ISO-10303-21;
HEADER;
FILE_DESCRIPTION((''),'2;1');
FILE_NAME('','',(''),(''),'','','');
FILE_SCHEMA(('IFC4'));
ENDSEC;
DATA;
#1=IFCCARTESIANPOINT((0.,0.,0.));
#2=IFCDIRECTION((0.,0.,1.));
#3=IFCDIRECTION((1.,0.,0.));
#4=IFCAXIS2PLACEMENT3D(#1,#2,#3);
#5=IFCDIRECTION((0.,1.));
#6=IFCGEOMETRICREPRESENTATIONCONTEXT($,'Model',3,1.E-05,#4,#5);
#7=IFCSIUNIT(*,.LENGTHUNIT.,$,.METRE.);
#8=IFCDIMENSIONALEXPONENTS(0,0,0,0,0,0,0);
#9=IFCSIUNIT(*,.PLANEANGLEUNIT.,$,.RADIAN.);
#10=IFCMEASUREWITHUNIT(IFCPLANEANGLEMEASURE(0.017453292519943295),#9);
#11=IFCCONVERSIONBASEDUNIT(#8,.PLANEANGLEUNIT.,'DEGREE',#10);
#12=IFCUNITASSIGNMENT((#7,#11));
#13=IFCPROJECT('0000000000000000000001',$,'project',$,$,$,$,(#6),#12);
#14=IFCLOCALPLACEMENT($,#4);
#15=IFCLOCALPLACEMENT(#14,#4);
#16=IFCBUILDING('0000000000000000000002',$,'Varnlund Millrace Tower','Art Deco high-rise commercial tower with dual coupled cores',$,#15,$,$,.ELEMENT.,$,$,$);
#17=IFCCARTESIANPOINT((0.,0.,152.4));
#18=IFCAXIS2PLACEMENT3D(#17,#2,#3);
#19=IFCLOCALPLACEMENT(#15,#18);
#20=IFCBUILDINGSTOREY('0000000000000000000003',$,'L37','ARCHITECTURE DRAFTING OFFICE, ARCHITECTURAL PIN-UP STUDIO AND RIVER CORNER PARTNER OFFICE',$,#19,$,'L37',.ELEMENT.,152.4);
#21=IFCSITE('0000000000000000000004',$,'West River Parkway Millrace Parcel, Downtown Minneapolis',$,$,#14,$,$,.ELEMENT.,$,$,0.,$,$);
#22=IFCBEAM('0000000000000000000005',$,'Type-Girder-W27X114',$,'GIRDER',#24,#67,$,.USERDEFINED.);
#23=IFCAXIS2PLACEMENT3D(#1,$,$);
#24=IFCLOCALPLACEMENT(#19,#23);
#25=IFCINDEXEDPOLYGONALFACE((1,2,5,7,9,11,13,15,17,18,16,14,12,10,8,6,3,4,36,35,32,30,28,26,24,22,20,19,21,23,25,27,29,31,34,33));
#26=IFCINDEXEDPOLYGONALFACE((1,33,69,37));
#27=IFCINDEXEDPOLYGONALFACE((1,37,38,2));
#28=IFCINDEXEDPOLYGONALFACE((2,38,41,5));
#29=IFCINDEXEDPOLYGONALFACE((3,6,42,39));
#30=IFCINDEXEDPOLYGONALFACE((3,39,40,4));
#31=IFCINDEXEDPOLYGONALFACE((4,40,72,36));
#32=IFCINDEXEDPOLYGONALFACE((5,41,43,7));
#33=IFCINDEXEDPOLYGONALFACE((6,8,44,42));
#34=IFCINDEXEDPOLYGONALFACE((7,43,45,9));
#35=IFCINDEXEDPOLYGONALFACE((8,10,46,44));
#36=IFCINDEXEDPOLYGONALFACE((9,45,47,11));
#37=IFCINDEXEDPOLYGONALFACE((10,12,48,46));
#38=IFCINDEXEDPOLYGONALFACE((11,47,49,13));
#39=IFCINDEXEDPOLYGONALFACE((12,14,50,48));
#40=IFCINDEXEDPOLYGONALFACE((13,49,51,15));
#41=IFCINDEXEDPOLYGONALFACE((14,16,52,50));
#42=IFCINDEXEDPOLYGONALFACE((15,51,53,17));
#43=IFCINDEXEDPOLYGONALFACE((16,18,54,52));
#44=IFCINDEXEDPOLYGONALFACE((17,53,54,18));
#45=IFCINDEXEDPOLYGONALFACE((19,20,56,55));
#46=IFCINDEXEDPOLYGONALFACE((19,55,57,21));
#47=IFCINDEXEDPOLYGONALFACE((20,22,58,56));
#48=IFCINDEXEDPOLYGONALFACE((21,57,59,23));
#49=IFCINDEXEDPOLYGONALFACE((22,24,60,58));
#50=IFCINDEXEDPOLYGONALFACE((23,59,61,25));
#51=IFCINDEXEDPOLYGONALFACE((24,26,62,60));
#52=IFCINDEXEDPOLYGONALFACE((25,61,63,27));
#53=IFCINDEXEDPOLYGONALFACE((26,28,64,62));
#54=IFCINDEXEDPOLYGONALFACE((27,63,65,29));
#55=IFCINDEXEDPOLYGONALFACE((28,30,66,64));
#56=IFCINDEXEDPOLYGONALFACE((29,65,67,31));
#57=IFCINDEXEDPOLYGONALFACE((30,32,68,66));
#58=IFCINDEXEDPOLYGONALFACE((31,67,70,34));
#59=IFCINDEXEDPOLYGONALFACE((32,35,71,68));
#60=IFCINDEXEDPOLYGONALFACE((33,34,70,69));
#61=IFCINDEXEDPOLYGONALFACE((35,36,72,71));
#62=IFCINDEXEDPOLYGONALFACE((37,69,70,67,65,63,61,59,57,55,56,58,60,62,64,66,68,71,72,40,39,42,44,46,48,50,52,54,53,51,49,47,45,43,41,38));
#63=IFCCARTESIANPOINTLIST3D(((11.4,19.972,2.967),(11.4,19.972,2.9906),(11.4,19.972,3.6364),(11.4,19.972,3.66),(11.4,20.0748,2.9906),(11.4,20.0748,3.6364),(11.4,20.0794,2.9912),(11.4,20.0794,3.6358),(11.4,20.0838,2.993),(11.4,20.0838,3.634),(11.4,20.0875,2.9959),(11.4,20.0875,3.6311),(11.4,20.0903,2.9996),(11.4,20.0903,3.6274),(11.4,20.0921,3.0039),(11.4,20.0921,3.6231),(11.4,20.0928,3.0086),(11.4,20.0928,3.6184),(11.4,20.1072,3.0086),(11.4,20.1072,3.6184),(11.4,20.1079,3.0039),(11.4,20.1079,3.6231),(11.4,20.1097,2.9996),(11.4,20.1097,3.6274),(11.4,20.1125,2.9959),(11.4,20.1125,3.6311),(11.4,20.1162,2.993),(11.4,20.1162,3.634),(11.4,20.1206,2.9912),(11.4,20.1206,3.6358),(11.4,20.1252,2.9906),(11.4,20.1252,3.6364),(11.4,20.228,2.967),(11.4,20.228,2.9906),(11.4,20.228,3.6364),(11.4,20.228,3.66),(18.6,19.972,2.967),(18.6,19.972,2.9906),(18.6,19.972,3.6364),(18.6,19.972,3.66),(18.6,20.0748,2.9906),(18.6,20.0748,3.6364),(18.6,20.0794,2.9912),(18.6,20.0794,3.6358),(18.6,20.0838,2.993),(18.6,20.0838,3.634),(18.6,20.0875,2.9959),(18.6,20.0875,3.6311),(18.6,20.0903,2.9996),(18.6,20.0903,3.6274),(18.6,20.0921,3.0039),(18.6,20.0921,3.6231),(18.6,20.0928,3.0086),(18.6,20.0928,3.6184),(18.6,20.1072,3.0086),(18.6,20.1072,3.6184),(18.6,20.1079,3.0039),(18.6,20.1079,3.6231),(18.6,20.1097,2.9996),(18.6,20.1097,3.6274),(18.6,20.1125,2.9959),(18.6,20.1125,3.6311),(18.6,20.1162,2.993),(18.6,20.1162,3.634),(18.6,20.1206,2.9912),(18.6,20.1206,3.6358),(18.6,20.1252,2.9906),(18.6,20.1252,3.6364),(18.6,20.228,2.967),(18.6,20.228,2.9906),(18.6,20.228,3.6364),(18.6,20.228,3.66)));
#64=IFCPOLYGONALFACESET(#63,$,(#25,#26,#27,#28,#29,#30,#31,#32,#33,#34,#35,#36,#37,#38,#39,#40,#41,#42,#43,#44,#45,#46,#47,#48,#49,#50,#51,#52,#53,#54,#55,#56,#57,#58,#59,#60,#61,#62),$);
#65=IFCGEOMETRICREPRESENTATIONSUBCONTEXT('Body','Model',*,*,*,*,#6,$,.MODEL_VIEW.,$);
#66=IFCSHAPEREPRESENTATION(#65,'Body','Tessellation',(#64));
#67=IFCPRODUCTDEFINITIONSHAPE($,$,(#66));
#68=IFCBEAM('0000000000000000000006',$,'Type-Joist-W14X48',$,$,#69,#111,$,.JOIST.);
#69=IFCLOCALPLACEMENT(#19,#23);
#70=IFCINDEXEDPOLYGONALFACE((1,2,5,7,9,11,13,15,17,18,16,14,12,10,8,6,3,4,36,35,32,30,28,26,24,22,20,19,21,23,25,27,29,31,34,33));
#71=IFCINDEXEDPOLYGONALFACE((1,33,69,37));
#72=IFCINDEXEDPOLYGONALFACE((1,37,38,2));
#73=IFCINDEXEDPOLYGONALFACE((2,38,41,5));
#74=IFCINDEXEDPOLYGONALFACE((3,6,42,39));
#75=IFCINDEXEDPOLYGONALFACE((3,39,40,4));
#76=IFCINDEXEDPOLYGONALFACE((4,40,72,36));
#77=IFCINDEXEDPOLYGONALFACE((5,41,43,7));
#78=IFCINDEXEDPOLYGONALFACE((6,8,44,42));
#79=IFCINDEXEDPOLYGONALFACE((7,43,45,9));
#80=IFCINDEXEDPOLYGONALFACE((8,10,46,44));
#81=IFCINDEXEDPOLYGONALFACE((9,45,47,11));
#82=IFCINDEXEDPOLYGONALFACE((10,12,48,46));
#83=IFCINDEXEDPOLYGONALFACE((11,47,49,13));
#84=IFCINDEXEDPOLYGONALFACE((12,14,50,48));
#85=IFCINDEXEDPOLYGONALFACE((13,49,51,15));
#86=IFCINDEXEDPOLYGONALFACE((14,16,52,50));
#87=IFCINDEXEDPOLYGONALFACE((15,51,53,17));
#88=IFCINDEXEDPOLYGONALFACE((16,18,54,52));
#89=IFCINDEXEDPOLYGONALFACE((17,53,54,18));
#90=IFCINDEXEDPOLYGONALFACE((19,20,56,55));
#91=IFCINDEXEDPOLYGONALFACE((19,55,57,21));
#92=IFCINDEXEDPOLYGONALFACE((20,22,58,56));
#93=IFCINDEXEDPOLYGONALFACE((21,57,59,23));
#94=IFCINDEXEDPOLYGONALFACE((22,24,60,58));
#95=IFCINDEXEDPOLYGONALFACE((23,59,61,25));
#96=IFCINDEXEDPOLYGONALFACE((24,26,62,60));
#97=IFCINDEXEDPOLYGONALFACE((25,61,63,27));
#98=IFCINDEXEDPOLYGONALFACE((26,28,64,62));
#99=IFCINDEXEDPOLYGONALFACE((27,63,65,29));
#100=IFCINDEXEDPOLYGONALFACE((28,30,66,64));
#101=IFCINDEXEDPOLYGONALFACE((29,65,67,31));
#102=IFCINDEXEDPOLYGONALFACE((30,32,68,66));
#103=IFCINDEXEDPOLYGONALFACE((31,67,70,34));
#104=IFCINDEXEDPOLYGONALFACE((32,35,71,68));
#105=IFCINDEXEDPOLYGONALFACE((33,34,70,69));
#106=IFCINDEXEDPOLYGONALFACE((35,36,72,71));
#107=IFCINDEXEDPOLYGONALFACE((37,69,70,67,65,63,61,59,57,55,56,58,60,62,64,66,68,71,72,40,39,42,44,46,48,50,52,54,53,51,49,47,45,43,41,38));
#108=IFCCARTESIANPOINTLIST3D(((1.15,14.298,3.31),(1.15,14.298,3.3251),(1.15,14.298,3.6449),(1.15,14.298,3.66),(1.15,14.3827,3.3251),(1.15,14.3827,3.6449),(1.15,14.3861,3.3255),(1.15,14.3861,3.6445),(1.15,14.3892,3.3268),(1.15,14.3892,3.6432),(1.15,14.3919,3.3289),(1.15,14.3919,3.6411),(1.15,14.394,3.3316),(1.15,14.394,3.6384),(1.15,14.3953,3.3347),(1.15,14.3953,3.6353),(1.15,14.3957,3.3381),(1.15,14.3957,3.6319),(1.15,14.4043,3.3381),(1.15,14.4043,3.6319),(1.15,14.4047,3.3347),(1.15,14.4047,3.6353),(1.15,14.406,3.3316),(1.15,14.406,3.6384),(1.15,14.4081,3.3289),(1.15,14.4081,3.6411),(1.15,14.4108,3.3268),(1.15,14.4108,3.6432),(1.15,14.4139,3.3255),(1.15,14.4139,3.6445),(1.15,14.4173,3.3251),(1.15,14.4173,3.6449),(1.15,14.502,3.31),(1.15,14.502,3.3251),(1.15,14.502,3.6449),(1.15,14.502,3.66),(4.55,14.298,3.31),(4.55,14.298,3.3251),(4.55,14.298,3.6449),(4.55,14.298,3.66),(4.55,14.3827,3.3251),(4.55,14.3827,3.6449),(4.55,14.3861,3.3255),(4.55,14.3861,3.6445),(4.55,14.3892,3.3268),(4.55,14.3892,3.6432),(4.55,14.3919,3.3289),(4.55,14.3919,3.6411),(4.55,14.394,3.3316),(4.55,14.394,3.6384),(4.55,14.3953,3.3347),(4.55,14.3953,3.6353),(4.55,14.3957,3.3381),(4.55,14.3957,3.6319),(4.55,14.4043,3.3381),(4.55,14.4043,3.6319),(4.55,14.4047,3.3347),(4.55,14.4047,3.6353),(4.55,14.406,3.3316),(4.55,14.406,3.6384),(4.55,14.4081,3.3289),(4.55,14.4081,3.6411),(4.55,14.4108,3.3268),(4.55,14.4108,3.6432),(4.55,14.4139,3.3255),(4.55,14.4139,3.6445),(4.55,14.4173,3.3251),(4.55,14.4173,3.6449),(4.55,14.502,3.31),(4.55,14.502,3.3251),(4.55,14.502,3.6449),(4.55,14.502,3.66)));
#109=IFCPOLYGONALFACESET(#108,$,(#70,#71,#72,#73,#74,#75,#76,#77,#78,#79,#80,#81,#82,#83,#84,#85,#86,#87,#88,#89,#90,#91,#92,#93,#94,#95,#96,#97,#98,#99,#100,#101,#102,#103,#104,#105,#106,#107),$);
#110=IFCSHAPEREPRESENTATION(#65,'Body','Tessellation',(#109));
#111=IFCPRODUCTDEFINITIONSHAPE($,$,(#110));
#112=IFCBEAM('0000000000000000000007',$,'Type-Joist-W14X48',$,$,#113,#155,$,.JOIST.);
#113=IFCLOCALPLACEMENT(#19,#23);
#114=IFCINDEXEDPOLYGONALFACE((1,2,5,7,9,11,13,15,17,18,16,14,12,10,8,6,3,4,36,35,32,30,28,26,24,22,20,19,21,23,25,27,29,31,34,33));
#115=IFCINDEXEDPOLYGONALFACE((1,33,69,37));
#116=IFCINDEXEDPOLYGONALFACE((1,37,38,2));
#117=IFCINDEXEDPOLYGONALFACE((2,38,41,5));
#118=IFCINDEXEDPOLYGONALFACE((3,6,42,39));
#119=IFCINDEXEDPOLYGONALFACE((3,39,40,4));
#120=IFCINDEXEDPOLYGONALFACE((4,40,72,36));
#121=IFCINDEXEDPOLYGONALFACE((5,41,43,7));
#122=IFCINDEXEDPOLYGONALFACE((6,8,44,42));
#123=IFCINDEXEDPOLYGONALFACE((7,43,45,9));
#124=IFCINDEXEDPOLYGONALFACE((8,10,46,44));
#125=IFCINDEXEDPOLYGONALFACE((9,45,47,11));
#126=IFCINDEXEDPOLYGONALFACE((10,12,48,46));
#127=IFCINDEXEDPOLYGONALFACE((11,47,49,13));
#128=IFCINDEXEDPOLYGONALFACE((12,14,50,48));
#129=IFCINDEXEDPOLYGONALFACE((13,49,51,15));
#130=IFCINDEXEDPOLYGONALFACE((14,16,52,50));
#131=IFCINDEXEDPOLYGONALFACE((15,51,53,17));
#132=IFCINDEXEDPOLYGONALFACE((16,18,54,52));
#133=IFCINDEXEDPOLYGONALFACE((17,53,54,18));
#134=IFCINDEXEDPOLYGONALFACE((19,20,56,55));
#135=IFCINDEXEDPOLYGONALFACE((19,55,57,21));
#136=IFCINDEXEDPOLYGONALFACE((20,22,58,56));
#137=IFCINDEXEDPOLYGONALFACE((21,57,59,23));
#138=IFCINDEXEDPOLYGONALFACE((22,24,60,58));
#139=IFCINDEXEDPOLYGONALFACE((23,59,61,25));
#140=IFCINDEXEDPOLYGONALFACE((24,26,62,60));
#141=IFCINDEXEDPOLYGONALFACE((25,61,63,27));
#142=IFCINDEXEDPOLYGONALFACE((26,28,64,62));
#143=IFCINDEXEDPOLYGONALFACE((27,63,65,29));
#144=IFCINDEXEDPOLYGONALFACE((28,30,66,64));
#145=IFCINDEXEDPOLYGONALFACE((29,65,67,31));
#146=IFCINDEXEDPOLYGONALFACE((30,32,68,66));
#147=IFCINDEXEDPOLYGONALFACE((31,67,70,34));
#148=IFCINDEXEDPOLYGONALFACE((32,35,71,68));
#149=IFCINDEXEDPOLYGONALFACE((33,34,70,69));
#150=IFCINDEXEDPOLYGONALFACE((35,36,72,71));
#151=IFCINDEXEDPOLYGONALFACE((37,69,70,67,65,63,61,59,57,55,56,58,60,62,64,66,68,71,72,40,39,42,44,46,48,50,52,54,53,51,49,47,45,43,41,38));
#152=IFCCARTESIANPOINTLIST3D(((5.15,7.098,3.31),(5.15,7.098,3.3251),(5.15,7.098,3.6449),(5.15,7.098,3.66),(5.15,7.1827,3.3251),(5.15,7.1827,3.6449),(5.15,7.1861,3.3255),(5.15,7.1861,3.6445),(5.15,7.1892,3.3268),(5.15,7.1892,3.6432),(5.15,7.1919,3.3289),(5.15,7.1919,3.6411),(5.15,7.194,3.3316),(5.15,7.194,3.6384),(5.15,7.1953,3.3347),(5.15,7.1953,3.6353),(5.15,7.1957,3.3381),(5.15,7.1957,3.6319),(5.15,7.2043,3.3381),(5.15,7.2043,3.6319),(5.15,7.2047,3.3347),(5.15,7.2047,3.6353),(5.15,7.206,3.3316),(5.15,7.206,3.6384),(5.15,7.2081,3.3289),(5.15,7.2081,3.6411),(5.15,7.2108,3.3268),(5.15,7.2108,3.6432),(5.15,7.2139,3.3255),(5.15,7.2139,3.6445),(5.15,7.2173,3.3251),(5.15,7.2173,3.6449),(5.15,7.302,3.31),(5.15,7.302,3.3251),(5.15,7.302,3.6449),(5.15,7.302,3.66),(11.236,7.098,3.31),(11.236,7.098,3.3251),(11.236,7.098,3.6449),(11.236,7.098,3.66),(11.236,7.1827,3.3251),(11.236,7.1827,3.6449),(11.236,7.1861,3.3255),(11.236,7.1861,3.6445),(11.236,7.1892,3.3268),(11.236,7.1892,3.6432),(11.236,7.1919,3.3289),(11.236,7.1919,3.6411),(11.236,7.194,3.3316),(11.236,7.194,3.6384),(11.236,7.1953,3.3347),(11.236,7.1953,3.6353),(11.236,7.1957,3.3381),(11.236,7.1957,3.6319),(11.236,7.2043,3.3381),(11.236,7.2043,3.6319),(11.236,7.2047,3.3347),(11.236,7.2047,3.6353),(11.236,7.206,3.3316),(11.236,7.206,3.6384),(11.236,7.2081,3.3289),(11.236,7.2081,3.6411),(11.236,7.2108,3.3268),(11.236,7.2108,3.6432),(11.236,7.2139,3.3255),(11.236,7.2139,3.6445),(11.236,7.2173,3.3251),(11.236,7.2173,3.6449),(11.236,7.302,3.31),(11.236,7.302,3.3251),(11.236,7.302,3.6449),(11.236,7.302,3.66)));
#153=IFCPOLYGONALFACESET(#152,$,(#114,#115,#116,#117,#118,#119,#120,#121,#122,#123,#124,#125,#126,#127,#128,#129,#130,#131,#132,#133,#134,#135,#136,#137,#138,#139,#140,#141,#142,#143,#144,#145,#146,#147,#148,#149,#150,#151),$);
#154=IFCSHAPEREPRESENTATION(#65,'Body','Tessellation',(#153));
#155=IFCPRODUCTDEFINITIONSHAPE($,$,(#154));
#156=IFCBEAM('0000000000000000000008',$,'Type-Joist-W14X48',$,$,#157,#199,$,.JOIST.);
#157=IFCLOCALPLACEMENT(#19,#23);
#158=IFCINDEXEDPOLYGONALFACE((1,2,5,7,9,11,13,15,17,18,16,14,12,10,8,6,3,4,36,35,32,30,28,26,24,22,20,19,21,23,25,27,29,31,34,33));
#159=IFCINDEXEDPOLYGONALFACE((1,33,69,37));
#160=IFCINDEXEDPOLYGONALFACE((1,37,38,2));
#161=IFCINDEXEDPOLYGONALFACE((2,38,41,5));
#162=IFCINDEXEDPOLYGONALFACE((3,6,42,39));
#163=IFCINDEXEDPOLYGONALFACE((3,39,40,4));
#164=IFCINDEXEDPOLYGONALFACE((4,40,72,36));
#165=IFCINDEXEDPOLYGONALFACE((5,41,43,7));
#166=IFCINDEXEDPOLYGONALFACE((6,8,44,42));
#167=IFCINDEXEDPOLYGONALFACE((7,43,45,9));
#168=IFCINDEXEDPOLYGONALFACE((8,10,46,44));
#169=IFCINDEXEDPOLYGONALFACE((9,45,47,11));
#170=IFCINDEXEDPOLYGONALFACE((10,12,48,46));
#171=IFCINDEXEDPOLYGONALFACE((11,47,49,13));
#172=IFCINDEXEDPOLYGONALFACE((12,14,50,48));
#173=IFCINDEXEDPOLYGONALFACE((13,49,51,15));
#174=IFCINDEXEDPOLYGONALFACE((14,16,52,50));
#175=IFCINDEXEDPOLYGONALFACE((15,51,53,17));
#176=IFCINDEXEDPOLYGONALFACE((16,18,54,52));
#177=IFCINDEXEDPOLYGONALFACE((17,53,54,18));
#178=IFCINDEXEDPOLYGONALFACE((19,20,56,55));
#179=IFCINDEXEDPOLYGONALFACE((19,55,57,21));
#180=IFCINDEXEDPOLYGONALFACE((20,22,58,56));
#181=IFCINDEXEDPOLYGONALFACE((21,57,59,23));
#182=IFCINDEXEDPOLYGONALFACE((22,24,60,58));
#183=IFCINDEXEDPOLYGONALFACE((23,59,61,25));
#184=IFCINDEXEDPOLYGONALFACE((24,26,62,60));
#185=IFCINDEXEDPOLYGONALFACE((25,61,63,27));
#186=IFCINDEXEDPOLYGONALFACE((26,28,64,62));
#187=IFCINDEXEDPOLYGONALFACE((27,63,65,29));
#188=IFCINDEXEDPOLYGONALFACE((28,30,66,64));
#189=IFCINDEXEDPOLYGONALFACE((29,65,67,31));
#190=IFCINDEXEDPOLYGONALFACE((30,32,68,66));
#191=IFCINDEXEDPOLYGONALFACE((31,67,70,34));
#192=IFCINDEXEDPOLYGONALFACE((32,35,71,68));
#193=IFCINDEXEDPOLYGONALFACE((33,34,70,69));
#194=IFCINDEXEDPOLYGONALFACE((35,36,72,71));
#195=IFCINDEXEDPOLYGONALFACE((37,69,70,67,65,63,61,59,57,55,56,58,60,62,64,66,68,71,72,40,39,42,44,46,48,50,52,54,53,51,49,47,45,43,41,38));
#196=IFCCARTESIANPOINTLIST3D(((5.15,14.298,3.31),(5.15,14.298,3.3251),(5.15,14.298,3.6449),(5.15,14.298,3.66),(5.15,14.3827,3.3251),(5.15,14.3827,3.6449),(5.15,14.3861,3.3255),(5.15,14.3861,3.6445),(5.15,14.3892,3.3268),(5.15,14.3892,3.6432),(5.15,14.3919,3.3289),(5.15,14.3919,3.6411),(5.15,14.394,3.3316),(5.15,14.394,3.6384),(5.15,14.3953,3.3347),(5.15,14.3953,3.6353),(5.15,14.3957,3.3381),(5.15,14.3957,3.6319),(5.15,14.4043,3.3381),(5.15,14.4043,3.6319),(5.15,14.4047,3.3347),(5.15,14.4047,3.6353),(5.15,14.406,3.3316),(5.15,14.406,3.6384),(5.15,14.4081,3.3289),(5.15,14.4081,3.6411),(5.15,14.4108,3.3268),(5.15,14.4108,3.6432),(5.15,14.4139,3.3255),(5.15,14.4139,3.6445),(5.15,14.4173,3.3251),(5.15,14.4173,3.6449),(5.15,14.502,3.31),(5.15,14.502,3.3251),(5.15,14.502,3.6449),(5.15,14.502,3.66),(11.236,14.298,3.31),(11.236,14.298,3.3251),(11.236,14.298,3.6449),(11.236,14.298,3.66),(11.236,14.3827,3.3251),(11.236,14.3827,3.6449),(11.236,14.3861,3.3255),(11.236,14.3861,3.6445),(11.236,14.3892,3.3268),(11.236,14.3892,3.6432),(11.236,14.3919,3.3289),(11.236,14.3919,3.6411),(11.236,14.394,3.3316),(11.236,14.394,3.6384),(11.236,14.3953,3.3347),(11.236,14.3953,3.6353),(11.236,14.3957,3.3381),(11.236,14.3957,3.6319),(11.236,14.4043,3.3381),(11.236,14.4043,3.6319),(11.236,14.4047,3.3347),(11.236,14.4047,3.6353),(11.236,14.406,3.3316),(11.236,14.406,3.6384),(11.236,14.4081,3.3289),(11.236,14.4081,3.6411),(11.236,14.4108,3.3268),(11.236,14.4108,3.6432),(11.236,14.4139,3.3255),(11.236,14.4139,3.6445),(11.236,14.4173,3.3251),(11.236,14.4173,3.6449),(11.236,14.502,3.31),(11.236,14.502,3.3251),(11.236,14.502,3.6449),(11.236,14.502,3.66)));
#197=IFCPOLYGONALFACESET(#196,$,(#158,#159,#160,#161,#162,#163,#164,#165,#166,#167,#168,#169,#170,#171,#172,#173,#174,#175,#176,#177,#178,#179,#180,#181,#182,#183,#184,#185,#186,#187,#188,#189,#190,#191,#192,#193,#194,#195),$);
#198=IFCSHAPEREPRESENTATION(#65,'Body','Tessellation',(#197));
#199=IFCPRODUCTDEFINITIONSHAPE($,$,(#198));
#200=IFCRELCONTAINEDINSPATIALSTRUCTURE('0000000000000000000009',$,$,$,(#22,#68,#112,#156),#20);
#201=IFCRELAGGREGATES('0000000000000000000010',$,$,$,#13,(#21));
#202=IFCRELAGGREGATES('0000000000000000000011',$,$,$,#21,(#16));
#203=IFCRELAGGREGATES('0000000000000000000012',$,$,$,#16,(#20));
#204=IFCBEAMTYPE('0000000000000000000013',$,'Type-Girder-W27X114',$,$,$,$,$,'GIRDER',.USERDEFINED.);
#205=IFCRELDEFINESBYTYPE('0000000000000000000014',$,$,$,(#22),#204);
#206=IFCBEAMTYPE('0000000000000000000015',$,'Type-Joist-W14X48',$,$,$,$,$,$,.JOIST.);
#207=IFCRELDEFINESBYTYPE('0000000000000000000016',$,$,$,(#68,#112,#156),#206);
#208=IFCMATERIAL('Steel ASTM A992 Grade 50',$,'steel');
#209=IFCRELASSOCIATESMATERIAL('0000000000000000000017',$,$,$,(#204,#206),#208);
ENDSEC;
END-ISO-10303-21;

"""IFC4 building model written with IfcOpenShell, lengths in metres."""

from ifc_helpers import new_model, entity, si_unit, converted_unit, direction, frame, origin_with_axes, origin_2d_with_axis, place, context, subcontext, project, spatial, i_section, extrude, material, material_profile, profile_set, type_object, element, save


model = new_model("IFC4")

# Units and contexts
model_context = context("Model", 3, precision=1e-05, world=origin_with_axes(), true_north=direction((0.0, 1.0)))
body_context = subcontext(model_context, "Body", "Model", "MODEL_VIEW")
ifc_project = project(units=[si_unit("LENGTHUNIT", "METRE"), converted_unit("PLANEANGLEUNIT", "DEGREE", entity("IfcPlaneAngleMeasure", 0.017453292519943295), si_unit("PLANEANGLEUNIT", "RADIAN"), dimensions=[0, 0, 0, 0, 0, 0, 0])], contexts=[model_context])

# Site, building, storey
site_placement = place(None, origin_with_axes())
site = spatial("IfcSite", under=ifc_project, at=site_placement, Name="West River Parkway Millrace Parcel, Downtown Minneapolis", CompositionType="ELEMENT", RefElevation=0.0)
building_placement = place(site_placement, origin_with_axes())
building = spatial("IfcBuilding", under=site, at=building_placement, Name="Varnlund Millrace Tower", Description="Art Deco high-rise commercial tower with dual coupled cores", CompositionType="ELEMENT")
storey_placement = place(building_placement, frame((0.0, 0.0, 152.4), z_axis=(0.0, 0.0, 1.0), x_axis=(1.0, 0.0, 0.0)))
storey = spatial("IfcBuildingStorey", under=building, at=storey_placement, Name="L37", Description="ARCHITECTURE DRAFTING OFFICE, ARCHITECTURAL PIN-UP STUDIO AND RIVER CORNER PARTNER OFFICE", LongName="L37", CompositionType="ELEMENT", Elevation=152.4)

# Beams
ifc_material_1 = material(Name="Steel ASTM A992 Grade 50", Category="steel")
ifc_material_profile_1 = material_profile(ifc_material_1, i_section(OverallWidth=0.256, OverallDepth=0.693, WebThickness=0.0145, FlangeThickness=0.0236, FilletRadius=0.018, at=origin_2d_with_axis()), Name="Steel ASTM A992 Grade 50")
ifc_profile_set_1 = profile_set([ifc_material_profile_1], Name="Steel ASTM A992 Grade 50")
beam_type_1 = type_object("IfcBeamType", Name="Type-Girder-W27X114", ElementType="GIRDER", PredefinedType="USERDEFINED", material=ifc_profile_set_1)
beam_1_placement = place(storey_placement, frame((11.4, 20.1, 3.3135), z_axis=(1.0, 0.0, 0.0), x_axis=(0.0, 1.0, 0.0)))
element("IfcBeam", 1, at=beam_1_placement, inside=storey, type_object=beam_type_1, Name="Type-Girder-W27X114", ObjectType="GIRDER", PredefinedType="USERDEFINED", context=body_context, shape_type="SweptSolid", body=[
    extrude(i_section(OverallWidth=0.256, OverallDepth=0.693, WebThickness=0.0145, FlangeThickness=0.0236, FilletRadius=0.018, at=origin_2d_with_axis()), origin_with_axes(), (0.0, 0.0, 1.0), 7.2),
])
ifc_material_profile_2 = material_profile(ifc_material_1, i_section(OverallWidth=0.204, OverallDepth=0.35, WebThickness=0.0086, FlangeThickness=0.0151, FilletRadius=0.013, at=origin_2d_with_axis()), Name="Steel ASTM A992 Grade 50")
ifc_profile_set_2 = profile_set([ifc_material_profile_2], Name="Steel ASTM A992 Grade 50")
beam_type_2 = type_object("IfcBeamType", Name="Type-Joist-W14X48", PredefinedType="JOIST", material=ifc_profile_set_2)
beam_2_placement = place(storey_placement, frame((1.15, 14.4, 3.485), z_axis=(1.0, 0.0, 0.0), x_axis=(0.0, 1.0, 0.0)))
element("IfcBeam", 2, at=beam_2_placement, inside=storey, type_object=beam_type_2, Name="Type-Joist-W14X48", PredefinedType="JOIST", context=body_context, shape_type="SweptSolid", body=[
    extrude(i_section(OverallWidth=0.204, OverallDepth=0.35, WebThickness=0.0086, FlangeThickness=0.0151, FilletRadius=0.013, at=origin_2d_with_axis()), origin_with_axes(), (0.0, 0.0, 1.0), 3.4),
])
for number, where, z_axis, x_axis, name in (
    (3, (5.15, 7.2, 3.485), (1.0, 0.0, 0.0), (0.0, 1.0, 0.0), "Type-Joist-W14X48"),
    (4, (5.15, 14.4, 3.485), (1.0, 0.0, 0.0), (0.0, 1.0, 0.0), "Type-Joist-W14X48"),
):
    element("IfcBeam", number, at=place(storey_placement, frame(where, z_axis=z_axis, x_axis=x_axis)), inside=storey, type_object=beam_type_2, Name=name, PredefinedType="JOIST", context=body_context, shape_type="SweptSolid", body=[
        extrude(i_section(OverallWidth=0.204, OverallDepth=0.35, WebThickness=0.0086, FlangeThickness=0.0151, FilletRadius=0.013, at=origin_2d_with_axis()), origin_with_axes(), (0.0, 0.0, 1.0), 6.086),
    ])

save(model, "model.ifc")
